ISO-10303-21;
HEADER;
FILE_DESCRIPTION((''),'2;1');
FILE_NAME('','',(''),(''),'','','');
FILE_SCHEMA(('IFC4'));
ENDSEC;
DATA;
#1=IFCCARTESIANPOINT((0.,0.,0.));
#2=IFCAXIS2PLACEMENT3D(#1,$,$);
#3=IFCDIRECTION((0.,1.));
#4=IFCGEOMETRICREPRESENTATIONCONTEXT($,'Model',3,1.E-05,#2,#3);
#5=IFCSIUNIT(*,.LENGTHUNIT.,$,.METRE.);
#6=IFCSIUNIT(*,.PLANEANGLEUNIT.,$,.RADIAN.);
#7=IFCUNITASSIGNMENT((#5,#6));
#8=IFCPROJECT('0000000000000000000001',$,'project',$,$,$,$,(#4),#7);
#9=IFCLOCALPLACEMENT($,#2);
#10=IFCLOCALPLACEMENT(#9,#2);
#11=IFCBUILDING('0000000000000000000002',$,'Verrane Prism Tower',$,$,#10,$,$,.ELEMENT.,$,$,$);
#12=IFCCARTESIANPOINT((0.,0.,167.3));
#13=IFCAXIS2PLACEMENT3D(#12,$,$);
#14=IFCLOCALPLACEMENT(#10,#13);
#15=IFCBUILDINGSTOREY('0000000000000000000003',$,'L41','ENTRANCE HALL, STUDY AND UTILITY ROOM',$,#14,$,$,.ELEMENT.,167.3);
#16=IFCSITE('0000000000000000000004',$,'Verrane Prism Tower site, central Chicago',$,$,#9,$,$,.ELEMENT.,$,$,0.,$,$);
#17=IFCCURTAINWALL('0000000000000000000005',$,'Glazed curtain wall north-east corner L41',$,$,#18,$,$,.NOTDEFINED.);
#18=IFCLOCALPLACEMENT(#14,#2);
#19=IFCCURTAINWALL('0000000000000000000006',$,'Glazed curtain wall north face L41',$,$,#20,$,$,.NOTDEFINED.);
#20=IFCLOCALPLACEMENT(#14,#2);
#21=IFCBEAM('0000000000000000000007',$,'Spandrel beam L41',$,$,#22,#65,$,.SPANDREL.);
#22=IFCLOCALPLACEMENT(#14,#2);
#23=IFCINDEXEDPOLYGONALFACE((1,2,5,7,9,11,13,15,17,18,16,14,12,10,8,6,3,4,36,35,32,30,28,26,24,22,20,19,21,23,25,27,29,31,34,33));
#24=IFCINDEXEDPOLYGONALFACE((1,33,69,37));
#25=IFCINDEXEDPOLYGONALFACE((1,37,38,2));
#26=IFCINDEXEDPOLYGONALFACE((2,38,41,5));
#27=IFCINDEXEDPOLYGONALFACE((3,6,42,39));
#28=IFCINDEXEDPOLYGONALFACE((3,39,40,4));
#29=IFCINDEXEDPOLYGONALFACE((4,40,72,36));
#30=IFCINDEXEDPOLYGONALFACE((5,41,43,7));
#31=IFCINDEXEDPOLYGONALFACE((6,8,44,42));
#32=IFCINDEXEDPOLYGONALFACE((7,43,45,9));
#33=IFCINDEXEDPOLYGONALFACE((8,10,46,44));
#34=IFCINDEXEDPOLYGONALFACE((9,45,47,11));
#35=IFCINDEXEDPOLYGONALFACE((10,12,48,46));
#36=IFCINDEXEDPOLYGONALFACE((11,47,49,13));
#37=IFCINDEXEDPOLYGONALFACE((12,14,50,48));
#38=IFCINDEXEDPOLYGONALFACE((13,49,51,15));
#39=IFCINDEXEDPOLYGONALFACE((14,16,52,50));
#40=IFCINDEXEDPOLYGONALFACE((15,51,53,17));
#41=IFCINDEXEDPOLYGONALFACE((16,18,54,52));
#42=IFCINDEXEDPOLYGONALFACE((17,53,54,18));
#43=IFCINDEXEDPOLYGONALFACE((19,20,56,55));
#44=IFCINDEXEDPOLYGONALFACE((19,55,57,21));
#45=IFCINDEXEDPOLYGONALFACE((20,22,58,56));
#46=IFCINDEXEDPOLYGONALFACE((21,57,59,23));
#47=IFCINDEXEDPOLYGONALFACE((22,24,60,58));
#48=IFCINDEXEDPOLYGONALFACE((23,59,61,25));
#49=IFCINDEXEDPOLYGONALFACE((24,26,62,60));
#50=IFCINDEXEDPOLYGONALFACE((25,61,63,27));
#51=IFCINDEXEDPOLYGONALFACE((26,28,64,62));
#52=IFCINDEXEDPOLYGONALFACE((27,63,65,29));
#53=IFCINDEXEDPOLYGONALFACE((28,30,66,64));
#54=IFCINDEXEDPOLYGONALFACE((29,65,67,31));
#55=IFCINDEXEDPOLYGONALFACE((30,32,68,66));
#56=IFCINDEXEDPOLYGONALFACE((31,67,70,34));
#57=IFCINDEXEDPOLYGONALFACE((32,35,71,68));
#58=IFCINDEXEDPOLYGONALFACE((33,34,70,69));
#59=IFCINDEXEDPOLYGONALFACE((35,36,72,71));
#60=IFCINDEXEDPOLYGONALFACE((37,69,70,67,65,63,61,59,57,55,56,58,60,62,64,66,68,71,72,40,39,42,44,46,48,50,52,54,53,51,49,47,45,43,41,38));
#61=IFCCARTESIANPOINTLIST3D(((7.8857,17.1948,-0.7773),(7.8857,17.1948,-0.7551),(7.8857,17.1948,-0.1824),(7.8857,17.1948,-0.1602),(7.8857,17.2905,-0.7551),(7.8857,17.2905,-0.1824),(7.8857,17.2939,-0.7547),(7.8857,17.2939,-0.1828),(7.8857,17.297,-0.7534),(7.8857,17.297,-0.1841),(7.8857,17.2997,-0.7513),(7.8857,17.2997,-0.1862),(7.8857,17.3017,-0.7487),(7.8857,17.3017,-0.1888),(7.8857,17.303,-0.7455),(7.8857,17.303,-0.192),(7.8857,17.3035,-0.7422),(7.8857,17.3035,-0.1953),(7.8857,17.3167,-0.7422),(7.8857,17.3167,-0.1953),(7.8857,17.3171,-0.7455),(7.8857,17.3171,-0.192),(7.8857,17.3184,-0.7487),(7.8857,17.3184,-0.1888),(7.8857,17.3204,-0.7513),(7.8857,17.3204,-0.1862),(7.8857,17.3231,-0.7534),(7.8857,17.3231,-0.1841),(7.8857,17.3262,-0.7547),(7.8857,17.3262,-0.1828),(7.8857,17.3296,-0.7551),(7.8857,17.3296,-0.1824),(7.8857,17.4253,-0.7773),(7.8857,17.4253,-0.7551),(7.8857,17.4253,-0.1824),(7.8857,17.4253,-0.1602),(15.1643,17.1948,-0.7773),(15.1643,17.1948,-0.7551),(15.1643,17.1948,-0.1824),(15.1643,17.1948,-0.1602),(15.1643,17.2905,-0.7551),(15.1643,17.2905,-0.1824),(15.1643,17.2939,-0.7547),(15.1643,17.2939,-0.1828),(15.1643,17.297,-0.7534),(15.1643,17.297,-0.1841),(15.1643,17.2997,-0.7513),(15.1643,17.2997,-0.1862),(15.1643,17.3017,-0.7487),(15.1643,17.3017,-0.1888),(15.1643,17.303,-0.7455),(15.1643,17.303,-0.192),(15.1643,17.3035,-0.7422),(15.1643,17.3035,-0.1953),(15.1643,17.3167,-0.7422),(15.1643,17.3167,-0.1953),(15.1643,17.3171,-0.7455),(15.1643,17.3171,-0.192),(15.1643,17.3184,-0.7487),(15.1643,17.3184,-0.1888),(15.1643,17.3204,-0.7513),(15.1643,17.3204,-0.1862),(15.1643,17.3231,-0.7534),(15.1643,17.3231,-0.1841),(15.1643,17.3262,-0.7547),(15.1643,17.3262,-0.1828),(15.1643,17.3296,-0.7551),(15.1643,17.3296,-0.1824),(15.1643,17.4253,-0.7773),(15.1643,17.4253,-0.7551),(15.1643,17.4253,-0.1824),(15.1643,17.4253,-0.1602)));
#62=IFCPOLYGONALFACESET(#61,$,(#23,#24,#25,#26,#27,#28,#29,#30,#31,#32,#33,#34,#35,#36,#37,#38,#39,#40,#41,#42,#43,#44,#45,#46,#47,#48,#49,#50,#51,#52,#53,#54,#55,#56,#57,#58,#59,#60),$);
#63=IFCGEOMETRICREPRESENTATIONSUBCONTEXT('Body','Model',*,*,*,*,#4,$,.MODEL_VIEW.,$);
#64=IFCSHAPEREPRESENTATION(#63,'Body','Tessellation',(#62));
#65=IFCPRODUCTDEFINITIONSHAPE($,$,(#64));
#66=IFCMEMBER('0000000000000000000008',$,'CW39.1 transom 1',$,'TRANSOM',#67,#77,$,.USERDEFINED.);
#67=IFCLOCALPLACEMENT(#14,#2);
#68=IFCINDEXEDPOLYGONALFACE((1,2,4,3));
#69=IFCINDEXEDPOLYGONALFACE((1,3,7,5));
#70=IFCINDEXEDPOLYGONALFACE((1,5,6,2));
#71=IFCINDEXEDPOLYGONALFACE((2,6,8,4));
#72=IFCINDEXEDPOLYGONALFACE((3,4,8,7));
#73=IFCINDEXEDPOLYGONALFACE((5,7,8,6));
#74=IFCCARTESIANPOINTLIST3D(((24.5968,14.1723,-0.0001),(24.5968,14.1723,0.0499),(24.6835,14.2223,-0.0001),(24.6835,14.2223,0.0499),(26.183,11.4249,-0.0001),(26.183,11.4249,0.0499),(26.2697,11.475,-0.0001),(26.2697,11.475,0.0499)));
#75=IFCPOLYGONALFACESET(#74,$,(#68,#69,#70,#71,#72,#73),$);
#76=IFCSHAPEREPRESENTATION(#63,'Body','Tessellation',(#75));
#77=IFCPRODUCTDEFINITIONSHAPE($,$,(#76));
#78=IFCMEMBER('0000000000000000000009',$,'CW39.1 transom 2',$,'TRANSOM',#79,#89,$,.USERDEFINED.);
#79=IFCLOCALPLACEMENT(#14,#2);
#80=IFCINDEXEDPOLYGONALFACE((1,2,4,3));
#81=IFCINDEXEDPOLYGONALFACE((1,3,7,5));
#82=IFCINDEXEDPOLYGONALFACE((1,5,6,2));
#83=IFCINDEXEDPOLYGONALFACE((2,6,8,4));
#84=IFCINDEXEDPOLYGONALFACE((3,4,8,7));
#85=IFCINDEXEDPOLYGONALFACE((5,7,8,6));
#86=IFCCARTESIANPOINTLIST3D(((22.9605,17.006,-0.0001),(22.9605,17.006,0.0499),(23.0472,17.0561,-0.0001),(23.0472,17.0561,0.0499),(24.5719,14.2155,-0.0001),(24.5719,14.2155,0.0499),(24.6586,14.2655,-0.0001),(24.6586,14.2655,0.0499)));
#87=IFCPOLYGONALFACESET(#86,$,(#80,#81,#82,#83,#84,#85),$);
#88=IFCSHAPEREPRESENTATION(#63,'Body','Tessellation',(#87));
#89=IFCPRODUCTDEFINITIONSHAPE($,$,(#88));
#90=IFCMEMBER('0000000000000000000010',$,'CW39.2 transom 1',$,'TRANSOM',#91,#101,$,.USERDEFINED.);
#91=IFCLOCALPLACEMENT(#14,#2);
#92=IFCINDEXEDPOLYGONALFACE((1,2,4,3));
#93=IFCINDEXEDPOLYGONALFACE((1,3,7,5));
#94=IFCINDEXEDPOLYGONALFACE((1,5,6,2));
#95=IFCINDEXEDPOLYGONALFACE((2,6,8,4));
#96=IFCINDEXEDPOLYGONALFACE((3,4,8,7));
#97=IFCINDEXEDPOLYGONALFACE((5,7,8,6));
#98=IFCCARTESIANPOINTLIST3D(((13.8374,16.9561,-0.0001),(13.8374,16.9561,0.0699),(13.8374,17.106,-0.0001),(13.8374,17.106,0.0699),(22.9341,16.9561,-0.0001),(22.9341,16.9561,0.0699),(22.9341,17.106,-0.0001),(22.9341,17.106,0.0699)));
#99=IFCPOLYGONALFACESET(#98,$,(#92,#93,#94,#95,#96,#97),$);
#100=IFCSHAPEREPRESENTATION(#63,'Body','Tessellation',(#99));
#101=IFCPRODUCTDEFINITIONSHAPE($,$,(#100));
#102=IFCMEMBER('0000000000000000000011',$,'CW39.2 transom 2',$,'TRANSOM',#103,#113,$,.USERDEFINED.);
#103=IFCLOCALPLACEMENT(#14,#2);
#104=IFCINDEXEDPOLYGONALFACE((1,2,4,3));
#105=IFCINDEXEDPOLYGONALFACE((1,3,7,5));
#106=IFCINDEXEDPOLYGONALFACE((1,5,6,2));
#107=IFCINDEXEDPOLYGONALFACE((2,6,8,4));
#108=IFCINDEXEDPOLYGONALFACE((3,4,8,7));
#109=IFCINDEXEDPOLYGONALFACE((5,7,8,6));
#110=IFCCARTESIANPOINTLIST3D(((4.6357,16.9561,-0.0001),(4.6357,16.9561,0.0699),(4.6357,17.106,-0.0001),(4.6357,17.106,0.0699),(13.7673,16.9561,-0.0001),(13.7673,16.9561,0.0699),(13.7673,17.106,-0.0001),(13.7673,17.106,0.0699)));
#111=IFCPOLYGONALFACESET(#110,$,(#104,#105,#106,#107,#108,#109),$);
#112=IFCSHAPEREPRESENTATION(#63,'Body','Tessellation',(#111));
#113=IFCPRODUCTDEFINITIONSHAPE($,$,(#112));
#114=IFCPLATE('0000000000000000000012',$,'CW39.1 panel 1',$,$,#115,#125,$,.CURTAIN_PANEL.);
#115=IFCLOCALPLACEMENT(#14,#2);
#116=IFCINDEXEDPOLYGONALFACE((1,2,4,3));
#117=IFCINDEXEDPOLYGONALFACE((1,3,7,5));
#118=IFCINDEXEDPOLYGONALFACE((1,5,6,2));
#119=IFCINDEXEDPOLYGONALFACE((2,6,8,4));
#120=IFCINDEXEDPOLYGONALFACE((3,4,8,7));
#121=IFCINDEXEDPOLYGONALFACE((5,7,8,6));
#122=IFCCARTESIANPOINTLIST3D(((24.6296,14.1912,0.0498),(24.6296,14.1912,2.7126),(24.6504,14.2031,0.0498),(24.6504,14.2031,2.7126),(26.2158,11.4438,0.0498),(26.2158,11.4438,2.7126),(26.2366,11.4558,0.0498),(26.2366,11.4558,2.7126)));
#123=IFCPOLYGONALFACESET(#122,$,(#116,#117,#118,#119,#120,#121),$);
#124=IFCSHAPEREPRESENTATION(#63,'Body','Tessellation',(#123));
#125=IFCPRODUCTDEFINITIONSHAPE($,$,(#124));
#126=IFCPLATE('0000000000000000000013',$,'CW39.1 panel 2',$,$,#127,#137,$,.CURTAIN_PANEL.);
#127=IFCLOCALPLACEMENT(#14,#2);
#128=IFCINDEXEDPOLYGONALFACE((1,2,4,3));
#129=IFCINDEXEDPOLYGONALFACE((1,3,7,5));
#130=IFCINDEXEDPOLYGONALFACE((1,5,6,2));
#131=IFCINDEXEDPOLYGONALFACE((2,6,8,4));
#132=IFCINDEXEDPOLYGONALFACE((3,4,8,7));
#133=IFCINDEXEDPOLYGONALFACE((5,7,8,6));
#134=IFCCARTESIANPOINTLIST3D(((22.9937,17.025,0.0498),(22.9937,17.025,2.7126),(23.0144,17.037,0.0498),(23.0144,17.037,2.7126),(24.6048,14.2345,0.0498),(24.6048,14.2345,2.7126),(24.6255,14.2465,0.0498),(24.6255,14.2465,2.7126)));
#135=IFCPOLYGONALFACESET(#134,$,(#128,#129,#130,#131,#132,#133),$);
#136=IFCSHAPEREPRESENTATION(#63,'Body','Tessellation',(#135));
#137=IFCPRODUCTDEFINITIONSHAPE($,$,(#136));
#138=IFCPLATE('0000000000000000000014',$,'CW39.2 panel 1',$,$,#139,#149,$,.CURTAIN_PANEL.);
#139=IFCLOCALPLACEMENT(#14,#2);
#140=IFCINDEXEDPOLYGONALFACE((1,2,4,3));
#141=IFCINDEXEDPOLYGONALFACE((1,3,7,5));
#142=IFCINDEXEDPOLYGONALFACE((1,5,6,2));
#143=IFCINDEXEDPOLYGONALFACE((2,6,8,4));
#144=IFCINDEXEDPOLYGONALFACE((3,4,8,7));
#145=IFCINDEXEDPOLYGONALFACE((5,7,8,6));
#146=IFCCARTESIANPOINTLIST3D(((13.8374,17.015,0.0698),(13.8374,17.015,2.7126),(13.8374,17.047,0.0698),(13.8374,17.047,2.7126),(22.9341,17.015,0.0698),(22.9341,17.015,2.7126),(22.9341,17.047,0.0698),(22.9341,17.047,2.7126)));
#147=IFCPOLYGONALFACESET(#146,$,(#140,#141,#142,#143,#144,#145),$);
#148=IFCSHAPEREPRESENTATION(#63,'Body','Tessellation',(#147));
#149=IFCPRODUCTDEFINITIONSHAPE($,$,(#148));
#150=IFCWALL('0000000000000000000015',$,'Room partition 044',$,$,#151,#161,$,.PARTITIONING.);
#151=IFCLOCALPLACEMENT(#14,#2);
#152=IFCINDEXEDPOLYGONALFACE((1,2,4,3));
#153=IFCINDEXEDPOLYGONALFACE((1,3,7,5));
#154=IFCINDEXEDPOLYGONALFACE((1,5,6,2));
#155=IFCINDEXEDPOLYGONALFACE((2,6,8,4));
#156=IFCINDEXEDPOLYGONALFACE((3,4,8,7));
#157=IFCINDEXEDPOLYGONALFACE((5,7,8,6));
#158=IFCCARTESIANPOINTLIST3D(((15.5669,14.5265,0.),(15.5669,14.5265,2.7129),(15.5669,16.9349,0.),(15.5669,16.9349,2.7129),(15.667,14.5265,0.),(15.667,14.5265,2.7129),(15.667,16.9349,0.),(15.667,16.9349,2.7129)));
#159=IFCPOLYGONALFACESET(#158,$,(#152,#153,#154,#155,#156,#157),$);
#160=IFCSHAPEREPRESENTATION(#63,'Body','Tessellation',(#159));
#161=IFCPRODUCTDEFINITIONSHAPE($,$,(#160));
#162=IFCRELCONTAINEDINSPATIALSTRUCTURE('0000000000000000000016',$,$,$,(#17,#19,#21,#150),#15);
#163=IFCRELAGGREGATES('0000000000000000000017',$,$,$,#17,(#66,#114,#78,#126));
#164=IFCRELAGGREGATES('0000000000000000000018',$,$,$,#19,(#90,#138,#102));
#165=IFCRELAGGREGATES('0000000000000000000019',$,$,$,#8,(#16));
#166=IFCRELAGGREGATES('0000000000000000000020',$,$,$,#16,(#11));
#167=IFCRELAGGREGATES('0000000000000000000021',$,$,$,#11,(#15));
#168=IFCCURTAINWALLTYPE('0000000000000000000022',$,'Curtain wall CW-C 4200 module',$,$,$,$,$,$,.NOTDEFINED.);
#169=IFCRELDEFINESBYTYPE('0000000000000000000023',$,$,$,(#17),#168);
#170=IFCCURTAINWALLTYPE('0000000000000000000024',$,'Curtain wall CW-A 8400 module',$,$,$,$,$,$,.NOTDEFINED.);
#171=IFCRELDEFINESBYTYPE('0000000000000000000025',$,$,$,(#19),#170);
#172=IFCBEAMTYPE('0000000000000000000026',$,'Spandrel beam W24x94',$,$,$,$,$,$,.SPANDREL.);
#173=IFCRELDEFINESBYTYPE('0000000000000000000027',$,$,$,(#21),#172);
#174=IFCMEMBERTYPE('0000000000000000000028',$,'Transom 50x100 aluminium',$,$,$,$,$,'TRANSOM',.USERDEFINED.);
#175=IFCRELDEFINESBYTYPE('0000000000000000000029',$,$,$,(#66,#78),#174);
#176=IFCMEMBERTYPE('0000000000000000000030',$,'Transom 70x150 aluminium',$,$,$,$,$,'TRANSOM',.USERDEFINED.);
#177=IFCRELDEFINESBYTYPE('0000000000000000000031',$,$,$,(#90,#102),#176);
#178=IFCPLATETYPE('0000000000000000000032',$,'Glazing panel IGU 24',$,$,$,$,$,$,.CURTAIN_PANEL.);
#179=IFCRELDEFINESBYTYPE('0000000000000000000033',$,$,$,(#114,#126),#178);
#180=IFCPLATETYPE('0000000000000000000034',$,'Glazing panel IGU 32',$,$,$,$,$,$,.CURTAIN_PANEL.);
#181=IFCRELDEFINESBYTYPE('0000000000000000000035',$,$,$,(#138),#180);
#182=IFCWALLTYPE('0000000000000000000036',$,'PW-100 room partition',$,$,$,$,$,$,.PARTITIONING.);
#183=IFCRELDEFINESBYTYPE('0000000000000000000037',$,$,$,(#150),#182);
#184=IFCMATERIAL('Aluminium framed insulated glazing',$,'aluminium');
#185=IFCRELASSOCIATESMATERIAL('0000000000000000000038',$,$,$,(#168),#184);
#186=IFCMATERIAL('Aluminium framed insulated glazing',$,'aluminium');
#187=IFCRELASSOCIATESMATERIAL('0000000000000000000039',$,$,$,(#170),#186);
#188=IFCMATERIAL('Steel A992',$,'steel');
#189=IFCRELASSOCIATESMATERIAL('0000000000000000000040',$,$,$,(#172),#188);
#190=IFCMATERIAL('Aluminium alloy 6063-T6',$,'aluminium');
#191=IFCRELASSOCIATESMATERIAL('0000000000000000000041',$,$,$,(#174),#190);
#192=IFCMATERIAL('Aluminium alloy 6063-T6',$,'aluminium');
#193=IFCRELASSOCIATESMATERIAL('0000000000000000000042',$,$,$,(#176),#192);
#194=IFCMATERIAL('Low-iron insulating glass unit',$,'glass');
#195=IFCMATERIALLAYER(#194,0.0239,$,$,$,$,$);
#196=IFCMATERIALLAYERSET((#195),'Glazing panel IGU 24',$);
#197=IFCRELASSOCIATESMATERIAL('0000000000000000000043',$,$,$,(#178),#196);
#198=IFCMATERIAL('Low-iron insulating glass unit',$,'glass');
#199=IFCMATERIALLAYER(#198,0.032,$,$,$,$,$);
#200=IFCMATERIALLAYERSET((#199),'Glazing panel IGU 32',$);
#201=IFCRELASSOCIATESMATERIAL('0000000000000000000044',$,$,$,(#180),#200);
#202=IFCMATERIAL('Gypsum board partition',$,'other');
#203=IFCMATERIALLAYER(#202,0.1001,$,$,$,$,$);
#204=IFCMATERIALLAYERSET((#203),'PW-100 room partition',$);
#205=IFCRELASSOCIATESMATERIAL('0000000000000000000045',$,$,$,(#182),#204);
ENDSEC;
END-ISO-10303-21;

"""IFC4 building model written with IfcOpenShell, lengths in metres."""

from ifc_helpers import new_model, si_unit, direction, frame, frame_2d, origin, origin_2d, place, context, subcontext, project, spatial, rectangle, i_section, extrude, material, layer, layer_set, material_profile, profile_set, type_object, element, aggregate, save


model = new_model("IFC4")

# Units and contexts
model_context = context("Model", 3, precision=1e-05, world=origin(), true_north=direction((0.0, 1.0)))
body_context = subcontext(model_context, "Body", "Model", "MODEL_VIEW")
ifc_project = project(units=[si_unit("LENGTHUNIT", "METRE"), si_unit("PLANEANGLEUNIT", "RADIAN")], contexts=[model_context])

# Site, building, storey
site_placement = place(None, origin())
site = spatial("IfcSite", under=ifc_project, at=site_placement, Name="Verrane Prism Tower site, central Chicago", CompositionType="ELEMENT", RefElevation=0.0)
building_placement = place(site_placement, origin())
building = spatial("IfcBuilding", under=site, at=building_placement, Name="Verrane Prism Tower", CompositionType="ELEMENT")
storey_placement = place(building_placement, frame((0.0, 0.0, 167.3)))
storey = spatial("IfcBuildingStorey", under=building, at=storey_placement, Name="L41", Description="ENTRANCE HALL, STUDY AND UTILITY ROOM", CompositionType="ELEMENT", Elevation=167.3)

# Curtain wall
ifc_material_1 = material(Name="Aluminium framed insulated glazing", Category="aluminium")
curtain_wall_type_1 = type_object("IfcCurtainWallType", Name="Curtain wall CW-C 4200 module", PredefinedType="NOTDEFINED", material=ifc_material_1)
curtain_wall_1_placement = place(storey_placement, origin())
curtain_wall_1 = element("IfcCurtainWall", 1, at=curtain_wall_1_placement, inside=storey, type_object=curtain_wall_type_1, Name="Glazed curtain wall north-east corner L41", PredefinedType="NOTDEFINED")

# Curtain wall
ifc_material_2 = material(Name="Aluminium framed insulated glazing", Category="aluminium")
curtain_wall_type_2 = type_object("IfcCurtainWallType", Name="Curtain wall CW-A 8400 module", PredefinedType="NOTDEFINED", material=ifc_material_2)
curtain_wall_2_placement = place(storey_placement, origin())
curtain_wall_2 = element("IfcCurtainWall", 2, at=curtain_wall_2_placement, inside=storey, type_object=curtain_wall_type_2, Name="Glazed curtain wall north face L41", PredefinedType="NOTDEFINED")

# Beam
ifc_material_3 = material(Name="Steel A992", Category="steel")
ifc_material_profile_1 = material_profile(ifc_material_3, i_section(OverallWidth=0.2305, OverallDepth=0.6172, WebThickness=0.0132, FlangeThickness=0.0222, FilletRadius=0.0129, at=origin_2d()), Name="W24x94")
ifc_profile_set_1 = profile_set([ifc_material_profile_1], Name="Steel A992")
beam_type_1 = type_object("IfcBeamType", Name="Spandrel beam W24x94", PredefinedType="SPANDREL", material=ifc_profile_set_1)
beam_1_placement = place(storey_placement, frame((15.1643, 17.3101, -0.4688), z_axis=(-1.0, 0.0, 0.0), x_axis=(0.0, -1.0, 0.0)))
element("IfcBeam", 3, at=beam_1_placement, inside=storey, type_object=beam_type_1, Name="Spandrel beam L41", PredefinedType="SPANDREL", context=body_context, shape_type="SweptSolid", body=[
    extrude(i_section(OverallWidth=0.2305, OverallDepth=0.6172, WebThickness=0.0132, FlangeThickness=0.0222, FilletRadius=0.0129, at=origin_2d()), origin(), (0.0, 0.0, 1.0), 7.2786),
])

# Members
ifc_material_4 = material(Name="Aluminium alloy 6063-T6", Category="aluminium")
ifc_material_profile_2 = material_profile(ifc_material_4, rectangle(XDim=0.1001, YDim=0.05, at=origin_2d()), Name="Transom 50x100 aluminium")
ifc_profile_set_2 = profile_set([ifc_material_profile_2], Name="Aluminium alloy 6063-T6")
member_type_1 = type_object("IfcMemberType", Name="Transom 50x100 aluminium", ElementType="TRANSOM", PredefinedType="USERDEFINED", material=ifc_profile_set_2)
member_1_placement = place(storey_placement, frame((26.2263, 11.45, 0.0249), z_axis=(-0.500004, 0.866023, 0.0), x_axis=(-0.866023, -0.500004, 0.0)))
member_1 = element("IfcMember", 4, at=member_1_placement, type_object=member_type_1, Name="CW39.1 transom 1", ObjectType="TRANSOM", PredefinedType="USERDEFINED", context=body_context, shape_type="SweptSolid", body=[
    extrude(rectangle(XDim=0.1001, YDim=0.05, at=origin_2d()), origin(), (0.0, 0.0, 1.0), 3.1724),
])
member_2_placement = place(storey_placement, frame((24.6152, 14.2405, 0.0249), z_axis=(-0.50005, 0.865996, 0.0), x_axis=(-0.865996, -0.50005, 0.0)))
member_2 = element("IfcMember", 5, at=member_2_placement, type_object=member_type_1, Name="CW39.1 transom 2", ObjectType="TRANSOM", PredefinedType="USERDEFINED", context=body_context, shape_type="SweptSolid", body=[
    extrude(rectangle(XDim=0.1001, YDim=0.05, at=origin_2d()), origin(), (0.0, 0.0, 1.0), 3.2224),
])
ifc_material_5 = material(Name="Aluminium alloy 6063-T6", Category="aluminium")
ifc_material_profile_3 = material_profile(ifc_material_5, rectangle(XDim=0.1499, YDim=0.0701, at=origin_2d()), Name="Transom 70x150 aluminium")
ifc_profile_set_3 = profile_set([ifc_material_profile_3], Name="Aluminium alloy 6063-T6")
member_type_2 = type_object("IfcMemberType", Name="Transom 70x150 aluminium", ElementType="TRANSOM", PredefinedType="USERDEFINED", material=ifc_profile_set_3)
member_3_placement = place(storey_placement, frame((22.9341, 17.031, 0.0349), z_axis=(-1.0, 0.0, 0.0), x_axis=(0.0, -1.0, 0.0)))
member_3 = element("IfcMember", 6, at=member_3_placement, type_object=member_type_2, Name="CW39.2 transom 1", ObjectType="TRANSOM", PredefinedType="USERDEFINED", context=body_context, shape_type="SweptSolid", body=[
    extrude(rectangle(XDim=0.1499, YDim=0.0701, at=origin_2d()), origin(), (0.0, 0.0, 1.0), 9.0967),
])
member_4_placement = place(storey_placement, frame((13.7673, 17.031, 0.0349), z_axis=(-1.0, 0.0, 0.0), x_axis=(0.0, -1.0, 0.0)))
member_4 = element("IfcMember", 7, at=member_4_placement, type_object=member_type_2, Name="CW39.2 transom 2", ObjectType="TRANSOM", PredefinedType="USERDEFINED", context=body_context, shape_type="SweptSolid", body=[
    extrude(rectangle(XDim=0.1499, YDim=0.0701, at=origin_2d()), origin(), (0.0, 0.0, 1.0), 9.1316),
])

# Plates
ifc_material_6 = material(Name="Low-iron insulating glass unit", Category="glass")
ifc_layer_1 = layer(ifc_material_6, 0.0239)
ifc_layer_set_1 = layer_set([ifc_layer_1], Name="Glazing panel IGU 24")
plate_type_1 = type_object("IfcPlateType", Name="Glazing panel IGU 24", PredefinedType="CURTAIN_PANEL", material=ifc_layer_set_1)
plate_1_placement = place(storey_placement, frame((25.4331, 12.8235, 0.0498), z_axis=(0.0, 0.0, 1.0), x_axis=(-0.500006, 0.866022, 0.0)))
plate_1 = element("IfcPlate", 8, at=plate_1_placement, type_object=plate_type_1, Name="CW39.1 panel 1", PredefinedType="CURTAIN_PANEL", context=body_context, shape_type="SweptSolid", body=[
    extrude(rectangle(XDim=3.1724, YDim=0.0239, at=origin_2d()), origin(), (0.0, 0.0, 1.0), 2.6628),
])
plate_2_placement = place(storey_placement, frame((23.8096, 15.6357, 0.0498), z_axis=(0.0, 0.0, 1.0), x_axis=(-0.500006, 0.866022, 0.0)))
plate_2 = element("IfcPlate", 9, at=plate_2_placement, type_object=plate_type_1, Name="CW39.1 panel 2", PredefinedType="CURTAIN_PANEL", context=body_context, shape_type="SweptSolid", body=[
    extrude(rectangle(XDim=3.2222, YDim=0.0239, at=origin_2d()), origin(), (0.0, 0.0, 1.0), 2.6628),
])
aggregate(curtain_wall_1, [member_1, plate_1, member_2, plate_2])
ifc_material_7 = material(Name="Low-iron insulating glass unit", Category="glass")
ifc_layer_2 = layer(ifc_material_7, 0.032)
ifc_layer_set_2 = layer_set([ifc_layer_2], Name="Glazing panel IGU 32")
plate_type_2 = type_object("IfcPlateType", Name="Glazing panel IGU 32", PredefinedType="CURTAIN_PANEL", material=ifc_layer_set_2)
plate_3_placement = place(storey_placement, frame((18.3857, 17.031, 0.0698), z_axis=(0.0, 0.0, 1.0), x_axis=(-1.0, 0.0, 0.0)))
plate_3 = element("IfcPlate", 10, at=plate_3_placement, type_object=plate_type_2, Name="CW39.2 panel 1", PredefinedType="CURTAIN_PANEL", context=body_context, shape_type="SweptSolid", body=[
    extrude(rectangle(XDim=9.0967, YDim=0.032, at=origin_2d()), origin(), (0.0, 0.0, 1.0), 2.6428),
])
aggregate(curtain_wall_2, [member_3, plate_3, member_4])

# Wall
ifc_material_8 = material(Name="Gypsum board partition", Category="other")
ifc_layer_3 = layer(ifc_material_8, 0.1001)
ifc_layer_set_3 = layer_set([ifc_layer_3], Name="PW-100 room partition")
wall_type = type_object("IfcWallType", Name="PW-100 room partition", PredefinedType="PARTITIONING", material=ifc_layer_set_3)
wall_1_placement = place(storey_placement, frame((15.6169, 14.5266, 0.0), z_axis=(0.0, 0.0, 1.0), x_axis=(0.0, 1.0, 0.0)))
element("IfcWall", 11, at=wall_1_placement, inside=storey, type_object=wall_type, Name="Room partition 044", PredefinedType="PARTITIONING", context=body_context, shape_type="SweptSolid", body=[
    extrude(rectangle(XDim=2.4084, YDim=0.1001, at=frame_2d((1.2041, 0.0))), origin(), (0.0, 0.0, 1.0), 2.7129),
])

save(model, "model.ifc")
